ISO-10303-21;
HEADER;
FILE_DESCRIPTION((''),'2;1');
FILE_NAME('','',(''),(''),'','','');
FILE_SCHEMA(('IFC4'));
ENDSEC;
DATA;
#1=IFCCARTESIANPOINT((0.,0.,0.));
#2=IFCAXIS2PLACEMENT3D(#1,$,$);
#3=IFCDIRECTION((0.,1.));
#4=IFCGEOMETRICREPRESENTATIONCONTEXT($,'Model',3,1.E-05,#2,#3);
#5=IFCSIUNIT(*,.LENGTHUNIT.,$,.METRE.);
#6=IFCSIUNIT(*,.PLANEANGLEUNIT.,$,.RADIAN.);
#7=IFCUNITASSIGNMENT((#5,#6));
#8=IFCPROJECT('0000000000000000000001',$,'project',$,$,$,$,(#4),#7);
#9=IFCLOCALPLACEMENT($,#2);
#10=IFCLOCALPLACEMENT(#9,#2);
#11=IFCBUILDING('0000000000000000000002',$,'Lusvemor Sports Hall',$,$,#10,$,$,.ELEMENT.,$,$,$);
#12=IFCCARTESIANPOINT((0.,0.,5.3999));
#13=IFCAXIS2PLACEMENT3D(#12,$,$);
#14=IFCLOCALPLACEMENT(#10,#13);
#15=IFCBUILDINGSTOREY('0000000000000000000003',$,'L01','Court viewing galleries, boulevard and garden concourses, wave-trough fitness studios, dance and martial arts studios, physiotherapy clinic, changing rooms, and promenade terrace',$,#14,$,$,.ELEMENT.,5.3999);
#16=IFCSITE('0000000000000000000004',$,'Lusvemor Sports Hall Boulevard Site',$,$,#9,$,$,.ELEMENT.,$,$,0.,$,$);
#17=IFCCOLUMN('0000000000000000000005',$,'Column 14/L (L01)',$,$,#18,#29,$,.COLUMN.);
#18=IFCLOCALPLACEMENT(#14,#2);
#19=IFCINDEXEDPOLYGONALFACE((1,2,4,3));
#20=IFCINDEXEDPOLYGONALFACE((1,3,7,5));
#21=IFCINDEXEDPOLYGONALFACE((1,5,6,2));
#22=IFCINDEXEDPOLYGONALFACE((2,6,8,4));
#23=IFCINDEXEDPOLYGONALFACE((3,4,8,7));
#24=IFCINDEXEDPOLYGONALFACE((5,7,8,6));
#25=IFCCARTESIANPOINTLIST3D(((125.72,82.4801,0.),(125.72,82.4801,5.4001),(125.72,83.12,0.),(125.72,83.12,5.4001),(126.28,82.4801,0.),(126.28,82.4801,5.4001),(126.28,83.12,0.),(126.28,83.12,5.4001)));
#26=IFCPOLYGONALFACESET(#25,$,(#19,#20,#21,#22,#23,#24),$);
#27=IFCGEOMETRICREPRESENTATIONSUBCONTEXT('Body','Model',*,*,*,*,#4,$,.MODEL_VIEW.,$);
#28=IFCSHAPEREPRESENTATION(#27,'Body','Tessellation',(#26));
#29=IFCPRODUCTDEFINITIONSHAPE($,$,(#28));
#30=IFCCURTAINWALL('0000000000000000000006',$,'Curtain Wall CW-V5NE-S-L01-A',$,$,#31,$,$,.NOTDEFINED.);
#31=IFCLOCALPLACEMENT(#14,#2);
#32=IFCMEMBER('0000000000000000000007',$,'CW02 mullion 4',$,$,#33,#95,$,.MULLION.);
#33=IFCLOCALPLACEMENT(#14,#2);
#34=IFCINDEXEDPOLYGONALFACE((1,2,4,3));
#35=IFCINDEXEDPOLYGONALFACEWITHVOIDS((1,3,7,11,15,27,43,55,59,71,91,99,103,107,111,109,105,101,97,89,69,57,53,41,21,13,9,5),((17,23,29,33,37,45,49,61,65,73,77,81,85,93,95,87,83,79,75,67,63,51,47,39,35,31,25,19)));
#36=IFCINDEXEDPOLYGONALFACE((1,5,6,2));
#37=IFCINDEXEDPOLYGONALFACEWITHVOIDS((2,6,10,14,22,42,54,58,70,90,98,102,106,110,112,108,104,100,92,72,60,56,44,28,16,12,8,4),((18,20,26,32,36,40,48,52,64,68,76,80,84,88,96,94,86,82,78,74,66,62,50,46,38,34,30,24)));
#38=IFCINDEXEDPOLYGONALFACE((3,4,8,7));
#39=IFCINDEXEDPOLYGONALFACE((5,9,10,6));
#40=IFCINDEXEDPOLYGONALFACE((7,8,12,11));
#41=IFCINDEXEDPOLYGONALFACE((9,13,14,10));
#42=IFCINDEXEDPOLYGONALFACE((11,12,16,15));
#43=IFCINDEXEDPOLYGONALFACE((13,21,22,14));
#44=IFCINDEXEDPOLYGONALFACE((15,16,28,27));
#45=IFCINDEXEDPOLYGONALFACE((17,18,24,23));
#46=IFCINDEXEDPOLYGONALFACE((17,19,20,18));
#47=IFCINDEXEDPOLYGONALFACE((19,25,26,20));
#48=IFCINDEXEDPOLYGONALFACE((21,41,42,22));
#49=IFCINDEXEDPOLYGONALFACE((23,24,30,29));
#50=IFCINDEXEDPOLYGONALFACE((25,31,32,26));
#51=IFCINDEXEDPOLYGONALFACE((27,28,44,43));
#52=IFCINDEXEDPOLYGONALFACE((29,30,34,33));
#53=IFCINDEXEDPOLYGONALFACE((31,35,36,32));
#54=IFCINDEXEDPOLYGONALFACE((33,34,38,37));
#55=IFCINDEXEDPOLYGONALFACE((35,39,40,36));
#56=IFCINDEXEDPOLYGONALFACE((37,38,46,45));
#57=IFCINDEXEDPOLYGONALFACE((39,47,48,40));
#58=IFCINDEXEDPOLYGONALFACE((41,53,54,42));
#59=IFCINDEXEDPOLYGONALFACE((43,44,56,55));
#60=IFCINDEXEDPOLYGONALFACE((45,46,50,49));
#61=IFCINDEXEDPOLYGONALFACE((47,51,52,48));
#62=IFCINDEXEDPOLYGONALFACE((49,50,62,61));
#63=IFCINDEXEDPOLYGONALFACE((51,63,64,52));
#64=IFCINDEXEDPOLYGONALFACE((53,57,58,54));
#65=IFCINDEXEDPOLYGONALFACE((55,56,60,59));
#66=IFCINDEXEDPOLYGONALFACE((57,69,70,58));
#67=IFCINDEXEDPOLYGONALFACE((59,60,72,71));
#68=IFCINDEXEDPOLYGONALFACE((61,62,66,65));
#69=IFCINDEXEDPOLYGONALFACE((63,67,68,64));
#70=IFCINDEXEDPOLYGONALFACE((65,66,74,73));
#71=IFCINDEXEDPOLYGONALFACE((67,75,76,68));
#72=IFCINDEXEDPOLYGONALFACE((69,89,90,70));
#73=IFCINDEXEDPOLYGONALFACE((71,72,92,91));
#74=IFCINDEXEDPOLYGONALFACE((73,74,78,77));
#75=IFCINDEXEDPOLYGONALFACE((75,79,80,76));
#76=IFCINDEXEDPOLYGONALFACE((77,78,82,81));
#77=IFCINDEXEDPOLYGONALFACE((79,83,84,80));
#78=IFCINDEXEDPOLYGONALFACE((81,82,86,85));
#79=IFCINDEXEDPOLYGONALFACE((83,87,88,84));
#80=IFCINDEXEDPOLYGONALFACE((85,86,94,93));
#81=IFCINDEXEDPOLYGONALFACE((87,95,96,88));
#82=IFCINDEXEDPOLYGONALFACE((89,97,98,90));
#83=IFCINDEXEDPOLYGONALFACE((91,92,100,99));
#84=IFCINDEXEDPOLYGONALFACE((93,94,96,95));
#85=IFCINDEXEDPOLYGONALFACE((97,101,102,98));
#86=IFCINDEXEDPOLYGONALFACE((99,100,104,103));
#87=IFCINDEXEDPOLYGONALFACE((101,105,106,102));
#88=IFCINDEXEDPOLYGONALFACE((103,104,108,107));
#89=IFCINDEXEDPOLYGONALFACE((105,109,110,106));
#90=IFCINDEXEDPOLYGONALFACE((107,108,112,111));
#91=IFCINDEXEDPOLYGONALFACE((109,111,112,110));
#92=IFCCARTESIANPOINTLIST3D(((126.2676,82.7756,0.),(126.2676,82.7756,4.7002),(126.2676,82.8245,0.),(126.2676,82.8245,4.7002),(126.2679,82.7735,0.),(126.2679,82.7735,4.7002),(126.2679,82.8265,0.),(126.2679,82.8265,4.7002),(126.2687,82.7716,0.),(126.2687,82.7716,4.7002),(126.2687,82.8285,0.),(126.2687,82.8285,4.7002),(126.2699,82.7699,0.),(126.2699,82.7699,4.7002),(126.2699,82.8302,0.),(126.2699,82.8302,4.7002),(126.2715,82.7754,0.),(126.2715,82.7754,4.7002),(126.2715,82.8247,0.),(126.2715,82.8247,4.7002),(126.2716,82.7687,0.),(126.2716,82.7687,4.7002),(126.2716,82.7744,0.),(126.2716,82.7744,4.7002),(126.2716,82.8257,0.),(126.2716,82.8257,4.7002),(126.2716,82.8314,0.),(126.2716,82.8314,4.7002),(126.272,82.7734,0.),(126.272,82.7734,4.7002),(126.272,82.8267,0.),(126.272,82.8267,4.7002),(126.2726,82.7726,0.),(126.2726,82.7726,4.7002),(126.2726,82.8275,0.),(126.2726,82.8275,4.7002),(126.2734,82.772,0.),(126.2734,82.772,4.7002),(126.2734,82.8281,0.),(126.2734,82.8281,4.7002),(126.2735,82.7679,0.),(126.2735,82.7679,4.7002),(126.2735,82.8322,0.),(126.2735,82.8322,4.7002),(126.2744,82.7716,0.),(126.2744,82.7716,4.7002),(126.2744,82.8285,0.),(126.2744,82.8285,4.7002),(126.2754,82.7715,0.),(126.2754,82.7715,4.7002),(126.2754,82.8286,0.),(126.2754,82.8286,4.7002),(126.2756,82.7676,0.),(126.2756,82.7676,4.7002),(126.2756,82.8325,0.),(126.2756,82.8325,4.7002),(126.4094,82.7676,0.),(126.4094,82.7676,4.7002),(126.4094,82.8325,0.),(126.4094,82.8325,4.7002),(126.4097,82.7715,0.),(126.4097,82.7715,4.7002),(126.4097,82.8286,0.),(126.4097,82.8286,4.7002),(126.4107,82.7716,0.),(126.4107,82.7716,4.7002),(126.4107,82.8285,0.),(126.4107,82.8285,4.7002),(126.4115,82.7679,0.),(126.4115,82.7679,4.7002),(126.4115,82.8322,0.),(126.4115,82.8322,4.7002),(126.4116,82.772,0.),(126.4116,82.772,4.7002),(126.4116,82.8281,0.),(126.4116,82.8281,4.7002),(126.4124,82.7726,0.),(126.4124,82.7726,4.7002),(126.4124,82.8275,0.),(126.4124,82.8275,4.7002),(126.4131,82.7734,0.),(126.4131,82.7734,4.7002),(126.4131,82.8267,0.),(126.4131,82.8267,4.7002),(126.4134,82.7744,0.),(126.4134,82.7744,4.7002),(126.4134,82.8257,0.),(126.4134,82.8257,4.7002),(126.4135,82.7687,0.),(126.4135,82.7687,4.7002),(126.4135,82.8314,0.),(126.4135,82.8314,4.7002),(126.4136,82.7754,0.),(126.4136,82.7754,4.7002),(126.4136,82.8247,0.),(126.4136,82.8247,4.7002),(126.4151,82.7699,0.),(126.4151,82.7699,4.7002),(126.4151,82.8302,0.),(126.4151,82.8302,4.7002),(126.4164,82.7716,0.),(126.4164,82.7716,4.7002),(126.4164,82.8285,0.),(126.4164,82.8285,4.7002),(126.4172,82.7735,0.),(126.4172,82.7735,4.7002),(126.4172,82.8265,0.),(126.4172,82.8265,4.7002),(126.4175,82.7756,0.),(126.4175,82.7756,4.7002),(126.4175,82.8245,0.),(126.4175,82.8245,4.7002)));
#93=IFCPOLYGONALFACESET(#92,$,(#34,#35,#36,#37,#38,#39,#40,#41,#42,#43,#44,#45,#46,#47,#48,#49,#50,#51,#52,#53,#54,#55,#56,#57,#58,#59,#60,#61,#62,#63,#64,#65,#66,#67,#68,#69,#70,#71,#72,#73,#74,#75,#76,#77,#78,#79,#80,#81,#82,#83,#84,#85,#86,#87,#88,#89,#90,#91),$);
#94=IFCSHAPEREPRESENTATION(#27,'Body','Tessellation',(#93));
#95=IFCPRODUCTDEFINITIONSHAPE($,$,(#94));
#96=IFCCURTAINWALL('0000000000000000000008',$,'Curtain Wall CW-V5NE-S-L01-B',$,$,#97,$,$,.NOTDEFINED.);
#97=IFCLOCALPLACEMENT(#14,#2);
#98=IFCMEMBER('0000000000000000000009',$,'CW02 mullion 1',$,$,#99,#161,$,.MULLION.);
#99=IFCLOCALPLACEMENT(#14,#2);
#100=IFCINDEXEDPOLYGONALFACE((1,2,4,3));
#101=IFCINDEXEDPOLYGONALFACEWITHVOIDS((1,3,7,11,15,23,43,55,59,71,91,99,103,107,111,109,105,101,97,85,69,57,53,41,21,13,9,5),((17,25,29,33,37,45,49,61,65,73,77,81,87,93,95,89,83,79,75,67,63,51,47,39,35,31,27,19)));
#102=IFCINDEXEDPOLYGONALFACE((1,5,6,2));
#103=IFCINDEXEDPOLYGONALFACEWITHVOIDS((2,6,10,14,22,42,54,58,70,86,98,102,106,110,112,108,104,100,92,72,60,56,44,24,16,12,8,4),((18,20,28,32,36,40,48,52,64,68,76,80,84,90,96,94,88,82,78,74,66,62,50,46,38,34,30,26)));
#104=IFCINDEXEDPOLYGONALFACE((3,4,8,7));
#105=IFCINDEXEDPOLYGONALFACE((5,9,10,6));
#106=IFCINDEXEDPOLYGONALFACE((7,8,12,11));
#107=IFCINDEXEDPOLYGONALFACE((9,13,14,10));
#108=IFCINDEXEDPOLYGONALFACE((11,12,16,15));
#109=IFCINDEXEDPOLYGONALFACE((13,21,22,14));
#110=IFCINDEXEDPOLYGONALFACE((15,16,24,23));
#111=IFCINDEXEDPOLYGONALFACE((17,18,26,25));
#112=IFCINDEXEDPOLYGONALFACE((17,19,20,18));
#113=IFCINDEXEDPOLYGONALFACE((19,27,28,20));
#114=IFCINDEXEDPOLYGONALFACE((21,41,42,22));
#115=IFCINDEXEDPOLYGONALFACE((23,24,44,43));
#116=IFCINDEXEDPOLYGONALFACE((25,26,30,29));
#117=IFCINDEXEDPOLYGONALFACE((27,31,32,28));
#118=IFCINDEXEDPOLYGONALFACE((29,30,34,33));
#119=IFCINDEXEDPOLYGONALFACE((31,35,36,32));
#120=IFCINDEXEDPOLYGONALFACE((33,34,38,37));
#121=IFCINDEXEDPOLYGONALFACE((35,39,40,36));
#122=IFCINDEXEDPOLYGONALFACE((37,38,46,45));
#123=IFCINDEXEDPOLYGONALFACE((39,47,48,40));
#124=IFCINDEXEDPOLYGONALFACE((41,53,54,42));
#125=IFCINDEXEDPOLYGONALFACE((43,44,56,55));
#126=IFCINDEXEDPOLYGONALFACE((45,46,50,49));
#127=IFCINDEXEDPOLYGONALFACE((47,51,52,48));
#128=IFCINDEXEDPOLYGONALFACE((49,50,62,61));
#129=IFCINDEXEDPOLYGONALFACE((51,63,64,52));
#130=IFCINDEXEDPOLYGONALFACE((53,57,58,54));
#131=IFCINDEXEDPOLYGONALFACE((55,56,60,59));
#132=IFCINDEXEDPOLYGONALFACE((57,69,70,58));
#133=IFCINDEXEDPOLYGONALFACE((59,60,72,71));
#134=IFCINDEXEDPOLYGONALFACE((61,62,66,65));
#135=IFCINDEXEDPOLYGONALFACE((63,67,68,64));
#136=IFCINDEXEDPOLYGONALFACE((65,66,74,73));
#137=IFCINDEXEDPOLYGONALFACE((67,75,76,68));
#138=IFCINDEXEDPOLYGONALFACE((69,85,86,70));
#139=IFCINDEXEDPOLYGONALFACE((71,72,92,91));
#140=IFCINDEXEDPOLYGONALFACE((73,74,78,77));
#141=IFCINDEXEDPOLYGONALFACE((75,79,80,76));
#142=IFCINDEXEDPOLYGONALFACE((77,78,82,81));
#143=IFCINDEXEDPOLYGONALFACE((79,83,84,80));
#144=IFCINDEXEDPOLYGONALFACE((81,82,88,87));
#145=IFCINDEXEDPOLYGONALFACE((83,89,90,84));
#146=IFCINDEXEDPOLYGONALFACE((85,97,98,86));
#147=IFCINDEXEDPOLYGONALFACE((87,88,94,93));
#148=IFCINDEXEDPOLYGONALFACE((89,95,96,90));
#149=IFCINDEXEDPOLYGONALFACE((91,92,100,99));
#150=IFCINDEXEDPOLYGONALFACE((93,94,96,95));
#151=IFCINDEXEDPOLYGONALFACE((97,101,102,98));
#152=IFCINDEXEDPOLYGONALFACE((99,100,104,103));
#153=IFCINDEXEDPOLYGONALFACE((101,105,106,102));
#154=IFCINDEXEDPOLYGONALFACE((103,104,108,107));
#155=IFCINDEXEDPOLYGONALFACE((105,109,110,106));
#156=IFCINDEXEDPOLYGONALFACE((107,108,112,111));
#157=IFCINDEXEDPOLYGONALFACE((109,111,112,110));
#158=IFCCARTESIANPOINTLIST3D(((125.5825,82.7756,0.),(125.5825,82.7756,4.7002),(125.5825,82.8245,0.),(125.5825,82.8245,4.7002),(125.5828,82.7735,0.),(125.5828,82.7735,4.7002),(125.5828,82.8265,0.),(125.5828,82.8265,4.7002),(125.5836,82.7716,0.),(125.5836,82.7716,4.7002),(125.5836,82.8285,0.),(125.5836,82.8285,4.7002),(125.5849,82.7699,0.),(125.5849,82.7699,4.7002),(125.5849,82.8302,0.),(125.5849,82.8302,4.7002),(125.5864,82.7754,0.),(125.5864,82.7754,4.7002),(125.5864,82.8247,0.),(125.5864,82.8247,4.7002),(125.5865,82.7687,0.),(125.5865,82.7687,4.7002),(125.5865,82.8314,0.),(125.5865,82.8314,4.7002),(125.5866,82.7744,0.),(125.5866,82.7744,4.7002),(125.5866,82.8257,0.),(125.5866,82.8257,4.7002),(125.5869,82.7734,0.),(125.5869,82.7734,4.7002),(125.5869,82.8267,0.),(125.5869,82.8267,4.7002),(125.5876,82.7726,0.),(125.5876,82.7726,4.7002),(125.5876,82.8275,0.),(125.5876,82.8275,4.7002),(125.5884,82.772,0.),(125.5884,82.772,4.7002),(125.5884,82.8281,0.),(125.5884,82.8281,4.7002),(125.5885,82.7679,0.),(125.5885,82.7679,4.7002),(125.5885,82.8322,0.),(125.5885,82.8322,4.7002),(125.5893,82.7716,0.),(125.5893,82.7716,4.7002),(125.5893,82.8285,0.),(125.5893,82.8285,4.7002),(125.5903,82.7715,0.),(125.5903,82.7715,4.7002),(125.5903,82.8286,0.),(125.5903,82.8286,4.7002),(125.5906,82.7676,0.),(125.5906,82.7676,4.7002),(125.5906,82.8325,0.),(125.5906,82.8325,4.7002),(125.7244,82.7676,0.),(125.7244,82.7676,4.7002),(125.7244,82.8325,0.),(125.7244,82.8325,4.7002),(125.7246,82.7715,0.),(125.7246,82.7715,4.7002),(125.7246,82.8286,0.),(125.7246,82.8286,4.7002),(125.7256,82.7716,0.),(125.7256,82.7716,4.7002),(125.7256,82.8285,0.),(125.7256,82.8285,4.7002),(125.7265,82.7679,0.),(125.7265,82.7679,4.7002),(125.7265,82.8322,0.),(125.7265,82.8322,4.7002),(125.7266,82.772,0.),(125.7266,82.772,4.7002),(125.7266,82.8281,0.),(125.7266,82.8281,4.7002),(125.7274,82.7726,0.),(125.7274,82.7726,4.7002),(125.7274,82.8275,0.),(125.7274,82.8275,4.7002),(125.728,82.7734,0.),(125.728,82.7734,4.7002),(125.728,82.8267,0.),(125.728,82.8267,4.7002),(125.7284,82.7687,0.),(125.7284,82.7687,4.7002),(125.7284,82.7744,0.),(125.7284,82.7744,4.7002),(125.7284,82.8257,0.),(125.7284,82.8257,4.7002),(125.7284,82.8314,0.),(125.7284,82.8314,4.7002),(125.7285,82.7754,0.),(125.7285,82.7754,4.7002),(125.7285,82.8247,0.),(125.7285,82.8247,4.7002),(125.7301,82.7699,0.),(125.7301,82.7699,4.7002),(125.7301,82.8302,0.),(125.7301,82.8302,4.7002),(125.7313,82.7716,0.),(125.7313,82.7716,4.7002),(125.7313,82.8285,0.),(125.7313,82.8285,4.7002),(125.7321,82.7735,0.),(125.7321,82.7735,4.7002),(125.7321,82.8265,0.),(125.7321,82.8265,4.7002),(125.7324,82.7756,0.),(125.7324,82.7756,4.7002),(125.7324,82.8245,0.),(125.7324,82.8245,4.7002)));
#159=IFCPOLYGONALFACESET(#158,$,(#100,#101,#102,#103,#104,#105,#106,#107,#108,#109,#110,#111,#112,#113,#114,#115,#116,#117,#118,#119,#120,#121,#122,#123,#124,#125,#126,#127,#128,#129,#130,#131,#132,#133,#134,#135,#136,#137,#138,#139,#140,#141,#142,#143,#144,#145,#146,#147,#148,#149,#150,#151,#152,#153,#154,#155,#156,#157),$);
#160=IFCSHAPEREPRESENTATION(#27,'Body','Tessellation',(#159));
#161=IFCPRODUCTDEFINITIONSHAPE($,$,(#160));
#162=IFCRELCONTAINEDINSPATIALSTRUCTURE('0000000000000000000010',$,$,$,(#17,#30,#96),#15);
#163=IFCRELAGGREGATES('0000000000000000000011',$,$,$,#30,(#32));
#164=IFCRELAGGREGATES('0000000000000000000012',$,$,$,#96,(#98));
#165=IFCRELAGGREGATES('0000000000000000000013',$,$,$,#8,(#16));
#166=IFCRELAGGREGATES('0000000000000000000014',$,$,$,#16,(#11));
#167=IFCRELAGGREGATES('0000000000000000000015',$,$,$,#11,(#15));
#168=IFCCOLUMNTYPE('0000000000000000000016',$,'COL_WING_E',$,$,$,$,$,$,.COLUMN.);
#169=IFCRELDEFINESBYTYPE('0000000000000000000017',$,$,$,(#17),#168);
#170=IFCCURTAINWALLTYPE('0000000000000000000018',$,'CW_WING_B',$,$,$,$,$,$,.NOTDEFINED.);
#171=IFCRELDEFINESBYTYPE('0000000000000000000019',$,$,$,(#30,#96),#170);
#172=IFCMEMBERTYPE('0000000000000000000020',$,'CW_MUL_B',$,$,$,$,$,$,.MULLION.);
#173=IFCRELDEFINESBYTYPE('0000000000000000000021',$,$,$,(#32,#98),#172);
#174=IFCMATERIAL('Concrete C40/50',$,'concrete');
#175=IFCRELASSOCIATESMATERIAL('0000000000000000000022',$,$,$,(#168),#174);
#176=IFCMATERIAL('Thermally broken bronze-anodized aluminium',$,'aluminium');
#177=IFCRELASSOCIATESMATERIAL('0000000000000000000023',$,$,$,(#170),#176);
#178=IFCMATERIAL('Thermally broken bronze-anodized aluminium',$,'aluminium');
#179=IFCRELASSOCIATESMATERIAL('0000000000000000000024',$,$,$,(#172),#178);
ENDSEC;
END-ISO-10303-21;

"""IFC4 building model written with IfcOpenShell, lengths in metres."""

from ifc_helpers import new_model, si_unit, direction, frame, origin, origin_2d, place, context, subcontext, project, spatial, rectangle, hollow_rectangle, extrude, material, material_profile, profile_set, type_object, element, aggregate, save


model = new_model("IFC4")

# Units and contexts
model_context = context("Model", 3, precision=1e-05, world=origin(), true_north=direction((0.0, 1.0)))
body_context = subcontext(model_context, "Body", "Model", "MODEL_VIEW")
ifc_project = project(units=[si_unit("LENGTHUNIT", "METRE"), si_unit("PLANEANGLEUNIT", "RADIAN")], contexts=[model_context])

# Site, building, storey
site_placement = place(None, origin())
site = spatial("IfcSite", under=ifc_project, at=site_placement, Name="Lusvemor Sports Hall Boulevard Site", CompositionType="ELEMENT", RefElevation=0.0)
building_placement = place(site_placement, origin())
building = spatial("IfcBuilding", under=site, at=building_placement, Name="Lusvemor Sports Hall", CompositionType="ELEMENT")
storey_placement = place(building_placement, frame((0.0, 0.0, 5.3999)))
storey = spatial("IfcBuildingStorey", under=building, at=storey_placement, Name="L01", Description="Court viewing galleries, boulevard and garden concourses, wave-trough fitness studios, dance and martial arts studios, physiotherapy clinic, changing rooms, and promenade terrace", CompositionType="ELEMENT", Elevation=5.3999)

# Column
ifc_material_1 = material(Name="Concrete C40/50", Category="concrete")
ifc_material_profile_1 = material_profile(ifc_material_1, rectangle(XDim=0.5601, YDim=0.6399, at=origin_2d()), Name="RC560x640")
ifc_profile_set_1 = profile_set([ifc_material_profile_1], Name="Concrete C40/50")
column_type = type_object("IfcColumnType", Name="COL_WING_E", PredefinedType="COLUMN", material=ifc_profile_set_1)
column_placement = place(storey_placement, frame((126.0, 82.8, 0.0), z_axis=(0.0, 0.0, 1.0), x_axis=(1.0, 0.0, 0.0)))
element("IfcColumn", 1, at=column_placement, inside=storey, type_object=column_type, Name="Column 14/L (L01)", PredefinedType="COLUMN", context=body_context, shape_type="SweptSolid", body=[
    extrude(rectangle(XDim=0.5601, YDim=0.6399, at=origin_2d()), origin(), (0.0, 0.0, 1.0), 5.4001),
])

# Curtain wall, member
ifc_material_2 = material(Name="Thermally broken bronze-anodized aluminium", Category="aluminium")
curtain_wall_type = type_object("IfcCurtainWallType", Name="CW_WING_B", PredefinedType="NOTDEFINED", material=ifc_material_2)
curtain_wall_1_placement = place(storey_placement, origin())
curtain_wall_1 = element("IfcCurtainWall", 2, at=curtain_wall_1_placement, inside=storey, type_object=curtain_wall_type, Name="Curtain Wall CW-V5NE-S-L01-A", PredefinedType="NOTDEFINED")
ifc_material_3 = material(Name="Thermally broken bronze-anodized aluminium", Category="aluminium")
ifc_material_profile_2 = material_profile(ifc_material_3, hollow_rectangle(XDim=0.0649, YDim=0.1499, WallThickness=0.0039, InnerFilletRadius=0.0039, OuterFilletRadius=0.0081, at=origin_2d()), Name="CWMUL150x65x4")
ifc_profile_set_2 = profile_set([ifc_material_profile_2], Name="Thermally broken bronze-anodized aluminium")
member_type_1 = type_object("IfcMemberType", Name="CW_MUL_B", PredefinedType="MULLION", material=ifc_profile_set_2)
member_1_placement = place(storey_placement, frame((126.3425, 82.8, 0.0), z_axis=(0.0, 0.0, 1.0), x_axis=(0.0, -1.0, 0.0)))
member_1 = element("IfcMember", 3, at=member_1_placement, type_object=member_type_1, Name="CW02 mullion 4", PredefinedType="MULLION", context=body_context, shape_type="SweptSolid", body=[
    extrude(hollow_rectangle(XDim=0.0649, YDim=0.1499, WallThickness=0.0039, InnerFilletRadius=0.0039, OuterFilletRadius=0.0081, at=origin_2d()), origin(), (0.0, 0.0, 1.0), 4.7002),
])

# Curtain wall, member
curtain_wall_2_placement = place(storey_placement, origin())
curtain_wall_2 = element("IfcCurtainWall", 4, at=curtain_wall_2_placement, inside=storey, type_object=curtain_wall_type, Name="Curtain Wall CW-V5NE-S-L01-B", PredefinedType="NOTDEFINED")
member_2_placement = place(storey_placement, frame((125.6575, 82.8, 0.0), z_axis=(0.0, 0.0, 1.0), x_axis=(0.0, -1.0, 0.0)))
member_2 = element("IfcMember", 5, at=member_2_placement, type_object=member_type_1, Name="CW02 mullion 1", PredefinedType="MULLION", context=body_context, shape_type="SweptSolid", body=[
    extrude(hollow_rectangle(XDim=0.0649, YDim=0.1499, WallThickness=0.0039, InnerFilletRadius=0.0039, OuterFilletRadius=0.0081, at=origin_2d()), origin(), (0.0, 0.0, 1.0), 4.7002),
])

aggregate(curtain_wall_1, [member_1])
aggregate(curtain_wall_2, [member_2])

save(model, "model.ifc")
